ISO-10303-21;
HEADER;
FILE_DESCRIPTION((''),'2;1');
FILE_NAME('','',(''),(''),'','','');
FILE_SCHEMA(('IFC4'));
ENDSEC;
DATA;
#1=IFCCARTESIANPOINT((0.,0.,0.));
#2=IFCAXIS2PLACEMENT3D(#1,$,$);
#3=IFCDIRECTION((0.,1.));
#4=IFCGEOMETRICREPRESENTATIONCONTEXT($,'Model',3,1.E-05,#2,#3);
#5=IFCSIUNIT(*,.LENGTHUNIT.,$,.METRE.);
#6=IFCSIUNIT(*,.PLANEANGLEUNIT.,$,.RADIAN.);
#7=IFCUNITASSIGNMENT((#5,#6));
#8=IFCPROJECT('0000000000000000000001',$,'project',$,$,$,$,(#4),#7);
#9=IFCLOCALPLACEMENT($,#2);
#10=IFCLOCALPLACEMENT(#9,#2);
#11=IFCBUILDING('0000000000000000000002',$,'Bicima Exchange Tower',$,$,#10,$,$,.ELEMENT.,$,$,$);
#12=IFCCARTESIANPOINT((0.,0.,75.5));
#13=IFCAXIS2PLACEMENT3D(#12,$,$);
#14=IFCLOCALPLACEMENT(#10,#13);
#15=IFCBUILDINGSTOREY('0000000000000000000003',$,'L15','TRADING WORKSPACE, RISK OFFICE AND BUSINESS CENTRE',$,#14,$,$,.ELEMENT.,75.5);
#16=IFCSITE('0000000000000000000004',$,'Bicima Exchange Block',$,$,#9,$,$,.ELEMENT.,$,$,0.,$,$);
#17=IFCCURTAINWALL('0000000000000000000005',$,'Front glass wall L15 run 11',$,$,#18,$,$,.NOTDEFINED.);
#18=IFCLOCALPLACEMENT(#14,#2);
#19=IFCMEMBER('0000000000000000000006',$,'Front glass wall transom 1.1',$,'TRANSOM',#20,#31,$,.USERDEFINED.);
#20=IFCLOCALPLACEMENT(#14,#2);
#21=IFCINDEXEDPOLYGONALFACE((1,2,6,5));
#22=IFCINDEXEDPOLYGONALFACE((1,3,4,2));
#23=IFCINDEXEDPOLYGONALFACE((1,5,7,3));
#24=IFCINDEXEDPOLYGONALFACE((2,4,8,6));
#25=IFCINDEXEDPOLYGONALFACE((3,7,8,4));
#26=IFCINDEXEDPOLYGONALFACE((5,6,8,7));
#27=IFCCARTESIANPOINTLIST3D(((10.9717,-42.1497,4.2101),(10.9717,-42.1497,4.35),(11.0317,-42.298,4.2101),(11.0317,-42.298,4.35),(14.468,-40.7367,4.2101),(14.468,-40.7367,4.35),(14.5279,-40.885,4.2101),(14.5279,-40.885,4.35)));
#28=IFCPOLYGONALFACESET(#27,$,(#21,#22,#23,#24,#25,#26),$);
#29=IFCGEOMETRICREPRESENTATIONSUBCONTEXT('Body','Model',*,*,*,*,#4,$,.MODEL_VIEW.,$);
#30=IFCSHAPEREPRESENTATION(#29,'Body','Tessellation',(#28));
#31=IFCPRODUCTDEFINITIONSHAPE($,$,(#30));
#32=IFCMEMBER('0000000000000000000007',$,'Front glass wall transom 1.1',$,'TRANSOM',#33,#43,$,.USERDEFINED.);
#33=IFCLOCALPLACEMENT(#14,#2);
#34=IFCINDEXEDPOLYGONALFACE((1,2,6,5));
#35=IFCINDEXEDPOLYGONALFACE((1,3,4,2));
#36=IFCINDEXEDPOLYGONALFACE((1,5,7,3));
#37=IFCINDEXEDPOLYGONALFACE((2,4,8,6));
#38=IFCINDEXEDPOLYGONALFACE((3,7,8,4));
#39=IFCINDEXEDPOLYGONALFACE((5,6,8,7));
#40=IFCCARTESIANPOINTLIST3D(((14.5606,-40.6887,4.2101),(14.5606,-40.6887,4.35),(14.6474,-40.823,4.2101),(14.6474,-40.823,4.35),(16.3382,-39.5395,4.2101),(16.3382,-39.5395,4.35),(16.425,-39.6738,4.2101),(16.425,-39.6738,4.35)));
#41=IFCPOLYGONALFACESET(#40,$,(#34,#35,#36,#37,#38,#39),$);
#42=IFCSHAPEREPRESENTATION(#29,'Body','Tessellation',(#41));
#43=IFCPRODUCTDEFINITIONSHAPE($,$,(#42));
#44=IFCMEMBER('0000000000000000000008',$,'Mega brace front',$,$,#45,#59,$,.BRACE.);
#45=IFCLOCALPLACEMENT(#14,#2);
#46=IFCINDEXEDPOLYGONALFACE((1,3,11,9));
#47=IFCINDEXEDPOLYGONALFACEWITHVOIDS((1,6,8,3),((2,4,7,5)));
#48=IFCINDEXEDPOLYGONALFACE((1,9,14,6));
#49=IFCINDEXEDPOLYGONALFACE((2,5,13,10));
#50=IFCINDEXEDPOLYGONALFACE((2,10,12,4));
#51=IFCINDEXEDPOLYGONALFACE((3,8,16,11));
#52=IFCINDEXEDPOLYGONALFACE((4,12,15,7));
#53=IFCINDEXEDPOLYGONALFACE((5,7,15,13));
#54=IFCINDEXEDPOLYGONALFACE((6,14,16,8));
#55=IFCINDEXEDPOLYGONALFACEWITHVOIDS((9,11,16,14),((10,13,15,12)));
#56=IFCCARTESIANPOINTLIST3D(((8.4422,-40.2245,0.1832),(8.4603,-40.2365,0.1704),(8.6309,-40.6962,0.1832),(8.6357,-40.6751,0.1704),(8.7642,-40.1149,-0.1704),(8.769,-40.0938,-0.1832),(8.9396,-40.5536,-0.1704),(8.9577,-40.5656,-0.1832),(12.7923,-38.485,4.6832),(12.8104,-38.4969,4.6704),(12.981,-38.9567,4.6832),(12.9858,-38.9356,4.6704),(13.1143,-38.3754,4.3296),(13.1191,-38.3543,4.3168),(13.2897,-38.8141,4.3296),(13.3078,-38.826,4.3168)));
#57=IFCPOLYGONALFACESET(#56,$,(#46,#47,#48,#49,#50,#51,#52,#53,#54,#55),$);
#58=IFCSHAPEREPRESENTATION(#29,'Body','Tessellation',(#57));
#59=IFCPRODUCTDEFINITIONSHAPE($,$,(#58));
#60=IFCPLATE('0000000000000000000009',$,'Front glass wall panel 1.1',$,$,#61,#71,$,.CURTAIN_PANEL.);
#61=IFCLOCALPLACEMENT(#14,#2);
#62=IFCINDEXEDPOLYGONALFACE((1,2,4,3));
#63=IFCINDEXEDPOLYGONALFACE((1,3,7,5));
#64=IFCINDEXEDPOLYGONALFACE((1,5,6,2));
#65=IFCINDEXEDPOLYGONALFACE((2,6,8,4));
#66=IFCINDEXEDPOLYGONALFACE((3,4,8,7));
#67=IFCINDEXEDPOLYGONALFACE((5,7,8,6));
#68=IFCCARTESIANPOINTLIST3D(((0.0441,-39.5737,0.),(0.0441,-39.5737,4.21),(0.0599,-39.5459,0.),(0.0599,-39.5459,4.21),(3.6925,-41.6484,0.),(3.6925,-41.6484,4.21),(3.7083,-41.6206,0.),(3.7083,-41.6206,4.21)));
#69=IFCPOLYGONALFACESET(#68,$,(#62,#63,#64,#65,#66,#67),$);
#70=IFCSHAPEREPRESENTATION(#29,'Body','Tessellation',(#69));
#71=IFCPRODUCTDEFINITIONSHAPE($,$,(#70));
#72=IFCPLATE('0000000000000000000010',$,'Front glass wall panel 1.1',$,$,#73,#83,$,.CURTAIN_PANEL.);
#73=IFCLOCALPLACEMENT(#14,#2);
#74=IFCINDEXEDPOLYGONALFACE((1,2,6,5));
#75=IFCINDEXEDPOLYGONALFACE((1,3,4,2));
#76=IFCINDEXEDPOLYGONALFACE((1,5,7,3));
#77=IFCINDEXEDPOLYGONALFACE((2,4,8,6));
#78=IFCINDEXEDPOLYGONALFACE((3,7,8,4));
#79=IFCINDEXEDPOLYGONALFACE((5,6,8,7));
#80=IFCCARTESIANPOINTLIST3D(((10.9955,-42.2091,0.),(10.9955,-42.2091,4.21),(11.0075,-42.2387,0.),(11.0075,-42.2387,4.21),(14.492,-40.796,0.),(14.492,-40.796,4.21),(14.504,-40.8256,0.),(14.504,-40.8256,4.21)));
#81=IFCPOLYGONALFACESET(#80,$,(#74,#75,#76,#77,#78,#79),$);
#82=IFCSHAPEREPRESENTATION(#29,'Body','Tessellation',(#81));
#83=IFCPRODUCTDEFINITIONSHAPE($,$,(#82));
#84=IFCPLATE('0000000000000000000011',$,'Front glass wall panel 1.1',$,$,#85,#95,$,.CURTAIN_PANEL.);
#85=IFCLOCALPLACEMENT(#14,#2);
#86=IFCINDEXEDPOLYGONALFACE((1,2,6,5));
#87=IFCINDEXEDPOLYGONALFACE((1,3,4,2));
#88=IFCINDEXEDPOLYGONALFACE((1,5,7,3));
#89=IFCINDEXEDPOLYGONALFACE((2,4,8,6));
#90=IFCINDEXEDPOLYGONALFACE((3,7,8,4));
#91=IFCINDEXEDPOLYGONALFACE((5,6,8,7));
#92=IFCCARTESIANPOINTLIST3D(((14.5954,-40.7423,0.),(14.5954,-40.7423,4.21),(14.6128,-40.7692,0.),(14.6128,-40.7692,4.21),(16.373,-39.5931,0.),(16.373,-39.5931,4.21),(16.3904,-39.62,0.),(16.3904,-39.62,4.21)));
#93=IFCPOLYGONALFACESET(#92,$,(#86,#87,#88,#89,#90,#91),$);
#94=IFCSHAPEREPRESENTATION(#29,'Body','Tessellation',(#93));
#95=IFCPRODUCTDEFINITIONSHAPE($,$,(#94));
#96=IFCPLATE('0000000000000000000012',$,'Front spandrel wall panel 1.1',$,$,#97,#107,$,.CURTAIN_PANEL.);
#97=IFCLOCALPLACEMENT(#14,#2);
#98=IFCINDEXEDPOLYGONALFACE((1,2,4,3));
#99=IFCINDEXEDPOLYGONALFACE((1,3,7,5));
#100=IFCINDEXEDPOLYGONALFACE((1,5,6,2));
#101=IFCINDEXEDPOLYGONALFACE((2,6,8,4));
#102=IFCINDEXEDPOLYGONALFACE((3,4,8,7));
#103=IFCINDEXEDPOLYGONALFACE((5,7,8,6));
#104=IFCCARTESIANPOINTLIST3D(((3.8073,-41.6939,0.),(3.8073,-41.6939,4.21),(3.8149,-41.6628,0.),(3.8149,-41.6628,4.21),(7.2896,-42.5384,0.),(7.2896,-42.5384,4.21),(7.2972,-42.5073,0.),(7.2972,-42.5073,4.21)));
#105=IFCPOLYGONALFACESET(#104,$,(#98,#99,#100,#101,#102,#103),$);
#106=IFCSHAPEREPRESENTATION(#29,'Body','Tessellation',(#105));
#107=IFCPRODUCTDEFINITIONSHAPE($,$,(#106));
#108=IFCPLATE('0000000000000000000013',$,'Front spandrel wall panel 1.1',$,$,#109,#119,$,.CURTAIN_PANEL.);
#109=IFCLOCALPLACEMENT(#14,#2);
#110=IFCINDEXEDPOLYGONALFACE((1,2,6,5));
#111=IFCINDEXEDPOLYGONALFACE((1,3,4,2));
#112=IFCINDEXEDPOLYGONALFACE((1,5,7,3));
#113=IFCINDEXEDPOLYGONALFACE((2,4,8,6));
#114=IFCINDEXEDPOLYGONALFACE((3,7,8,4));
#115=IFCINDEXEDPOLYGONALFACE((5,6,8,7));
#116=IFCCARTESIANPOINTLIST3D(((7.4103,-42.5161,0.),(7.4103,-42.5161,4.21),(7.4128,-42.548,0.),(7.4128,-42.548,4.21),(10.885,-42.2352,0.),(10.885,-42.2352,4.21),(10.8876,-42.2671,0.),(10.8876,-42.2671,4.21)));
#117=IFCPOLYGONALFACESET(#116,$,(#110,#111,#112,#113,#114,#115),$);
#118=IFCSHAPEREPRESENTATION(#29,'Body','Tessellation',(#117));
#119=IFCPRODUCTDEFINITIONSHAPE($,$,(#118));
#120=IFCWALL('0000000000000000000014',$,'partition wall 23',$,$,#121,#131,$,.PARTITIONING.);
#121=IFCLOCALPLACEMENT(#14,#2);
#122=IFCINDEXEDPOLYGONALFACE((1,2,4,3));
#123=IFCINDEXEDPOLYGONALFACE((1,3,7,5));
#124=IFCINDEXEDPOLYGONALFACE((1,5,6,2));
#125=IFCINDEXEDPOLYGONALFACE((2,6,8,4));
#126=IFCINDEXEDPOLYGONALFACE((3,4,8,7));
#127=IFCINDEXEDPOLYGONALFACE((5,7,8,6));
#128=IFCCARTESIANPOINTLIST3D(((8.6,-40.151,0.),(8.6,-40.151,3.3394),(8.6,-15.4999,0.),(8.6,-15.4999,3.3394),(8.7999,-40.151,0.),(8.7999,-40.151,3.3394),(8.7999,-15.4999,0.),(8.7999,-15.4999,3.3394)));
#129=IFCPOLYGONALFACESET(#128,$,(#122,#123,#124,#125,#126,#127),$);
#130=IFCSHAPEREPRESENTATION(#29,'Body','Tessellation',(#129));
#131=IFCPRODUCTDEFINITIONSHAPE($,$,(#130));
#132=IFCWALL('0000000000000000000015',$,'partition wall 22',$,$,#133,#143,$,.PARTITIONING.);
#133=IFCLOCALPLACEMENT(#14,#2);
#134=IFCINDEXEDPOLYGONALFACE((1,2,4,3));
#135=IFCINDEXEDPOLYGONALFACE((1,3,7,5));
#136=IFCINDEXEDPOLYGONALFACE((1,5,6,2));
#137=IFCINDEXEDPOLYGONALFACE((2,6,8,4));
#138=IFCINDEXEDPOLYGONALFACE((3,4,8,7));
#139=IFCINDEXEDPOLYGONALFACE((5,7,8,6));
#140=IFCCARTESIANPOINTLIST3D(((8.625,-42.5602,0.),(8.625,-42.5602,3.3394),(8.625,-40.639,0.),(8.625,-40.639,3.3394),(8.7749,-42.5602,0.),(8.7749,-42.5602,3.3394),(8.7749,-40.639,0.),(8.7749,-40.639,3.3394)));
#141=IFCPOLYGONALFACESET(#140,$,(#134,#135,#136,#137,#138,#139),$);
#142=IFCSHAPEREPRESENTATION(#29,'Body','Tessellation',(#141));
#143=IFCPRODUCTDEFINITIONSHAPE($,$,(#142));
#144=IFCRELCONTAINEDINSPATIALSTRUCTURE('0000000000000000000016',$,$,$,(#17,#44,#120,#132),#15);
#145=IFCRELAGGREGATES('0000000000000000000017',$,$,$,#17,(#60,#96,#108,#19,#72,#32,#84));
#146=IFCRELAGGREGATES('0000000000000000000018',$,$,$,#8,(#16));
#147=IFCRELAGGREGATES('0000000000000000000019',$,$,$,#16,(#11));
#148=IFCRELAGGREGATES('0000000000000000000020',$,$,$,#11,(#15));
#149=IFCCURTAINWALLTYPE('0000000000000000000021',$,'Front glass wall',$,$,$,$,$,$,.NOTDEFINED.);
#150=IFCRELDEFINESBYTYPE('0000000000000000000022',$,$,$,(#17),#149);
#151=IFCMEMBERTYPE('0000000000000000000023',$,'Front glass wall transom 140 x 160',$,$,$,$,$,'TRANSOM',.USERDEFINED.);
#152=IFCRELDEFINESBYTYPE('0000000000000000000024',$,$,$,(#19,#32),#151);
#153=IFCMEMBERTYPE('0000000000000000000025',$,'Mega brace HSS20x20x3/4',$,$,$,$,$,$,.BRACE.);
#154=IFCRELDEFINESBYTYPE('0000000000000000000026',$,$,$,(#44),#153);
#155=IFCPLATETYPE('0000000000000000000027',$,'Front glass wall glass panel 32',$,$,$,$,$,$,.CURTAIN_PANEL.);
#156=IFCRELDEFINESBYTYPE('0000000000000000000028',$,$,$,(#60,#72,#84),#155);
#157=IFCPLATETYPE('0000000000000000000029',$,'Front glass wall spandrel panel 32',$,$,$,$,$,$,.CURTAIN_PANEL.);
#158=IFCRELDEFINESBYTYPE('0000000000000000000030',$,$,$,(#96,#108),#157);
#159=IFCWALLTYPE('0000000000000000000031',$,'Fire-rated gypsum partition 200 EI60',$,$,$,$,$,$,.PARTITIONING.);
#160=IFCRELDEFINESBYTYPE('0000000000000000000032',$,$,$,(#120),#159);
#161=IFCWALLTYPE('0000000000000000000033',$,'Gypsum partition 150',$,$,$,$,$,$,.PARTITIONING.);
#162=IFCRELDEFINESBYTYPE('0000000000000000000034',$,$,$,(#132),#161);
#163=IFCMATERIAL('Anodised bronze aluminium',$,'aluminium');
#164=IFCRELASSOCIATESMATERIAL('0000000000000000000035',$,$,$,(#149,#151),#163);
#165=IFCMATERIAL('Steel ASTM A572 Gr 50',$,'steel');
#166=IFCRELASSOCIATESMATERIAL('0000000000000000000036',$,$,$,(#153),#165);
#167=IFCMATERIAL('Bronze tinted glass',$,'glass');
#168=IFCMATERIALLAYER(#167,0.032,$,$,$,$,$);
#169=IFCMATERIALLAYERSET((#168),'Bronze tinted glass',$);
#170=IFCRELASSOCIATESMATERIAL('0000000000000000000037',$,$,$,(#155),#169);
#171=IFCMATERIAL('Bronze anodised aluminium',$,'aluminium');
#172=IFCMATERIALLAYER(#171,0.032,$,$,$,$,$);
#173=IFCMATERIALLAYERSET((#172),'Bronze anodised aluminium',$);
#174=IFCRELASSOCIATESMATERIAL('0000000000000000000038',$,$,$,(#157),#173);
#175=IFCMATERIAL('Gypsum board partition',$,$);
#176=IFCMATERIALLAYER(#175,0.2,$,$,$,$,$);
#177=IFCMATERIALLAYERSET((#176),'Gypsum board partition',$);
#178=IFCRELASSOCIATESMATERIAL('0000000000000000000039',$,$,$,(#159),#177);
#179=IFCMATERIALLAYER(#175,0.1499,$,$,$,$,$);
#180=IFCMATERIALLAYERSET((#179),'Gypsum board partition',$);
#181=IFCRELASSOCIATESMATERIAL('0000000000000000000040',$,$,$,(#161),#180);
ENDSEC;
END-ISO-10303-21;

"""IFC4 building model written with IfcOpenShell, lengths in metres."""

from ifc_helpers import new_model, si_unit, direction, frame, frame_2d, origin, origin_2d, place, context, subcontext, project, spatial, rectangle, hollow_rectangle, extrude, material, layer, layer_set, material_profile, profile_set, type_object, element, aggregate, save


model = new_model("IFC4")

# Units and contexts
model_context = context("Model", 3, precision=1e-05, world=origin(), true_north=direction((0.0, 1.0)))
body_context = subcontext(model_context, "Body", "Model", "MODEL_VIEW")
ifc_project = project(units=[si_unit("LENGTHUNIT", "METRE"), si_unit("PLANEANGLEUNIT", "RADIAN")], contexts=[model_context])

# Site, building, storey
site_placement = place(None, origin())
site = spatial("IfcSite", under=ifc_project, at=site_placement, Name="Bicima Exchange Block", CompositionType="ELEMENT", RefElevation=0.0)
building_placement = place(site_placement, origin())
building = spatial("IfcBuilding", under=site, at=building_placement, Name="Bicima Exchange Tower", CompositionType="ELEMENT")
storey_placement = place(building_placement, frame((0.0, 0.0, 75.5)))
storey = spatial("IfcBuildingStorey", under=building, at=storey_placement, Name="L15", Description="TRADING WORKSPACE, RISK OFFICE AND BUSINESS CENTRE", CompositionType="ELEMENT", Elevation=75.5)

# Curtain wall, members
ifc_material_1 = material(Name="Anodised bronze aluminium", Category="aluminium")
curtain_wall_type = type_object("IfcCurtainWallType", Name="Front glass wall", PredefinedType="NOTDEFINED", material=ifc_material_1)
curtain_wall_placement = place(storey_placement, origin())
curtain_wall = element("IfcCurtainWall", 1, at=curtain_wall_placement, inside=storey, type_object=curtain_wall_type, Name="Front glass wall L15 run 11", PredefinedType="NOTDEFINED")
ifc_material_profile_1 = material_profile(ifc_material_1, rectangle(XDim=0.1599, YDim=0.1399, at=origin_2d()))
ifc_profile_set_1 = profile_set([ifc_material_profile_1], Name="Anodised bronze aluminium")
member_type_1 = type_object("IfcMemberType", Name="Front glass wall transom 140 x 160", ElementType="TRANSOM", PredefinedType="USERDEFINED", material=ifc_profile_set_1)
member_1_placement = place(storey_placement, frame((11.0017, -42.2239, 4.28), z_axis=(0.92714, 0.374715, 0.0), x_axis=(-0.374715, 0.92714, 0.0)))
member_1 = element("IfcMember", 2, at=member_1_placement, type_object=member_type_1, Name="Front glass wall transom 1.1", ObjectType="TRANSOM", PredefinedType="USERDEFINED", context=body_context, shape_type="SweptSolid", body=[
    extrude(rectangle(XDim=0.1599, YDim=0.1399, at=origin_2d()), origin(), (0.0, 0.0, 1.0), 3.771),
])
member_2_placement = place(storey_placement, frame((14.604, -40.7559, 4.28), z_axis=(0.839793, 0.542907, 0.0), x_axis=(-0.542907, 0.839793, 0.0)))
member_2 = element("IfcMember", 3, at=member_2_placement, type_object=member_type_1, Name="Front glass wall transom 1.1", ObjectType="TRANSOM", PredefinedType="USERDEFINED", context=body_context, shape_type="SweptSolid", body=[
    extrude(rectangle(XDim=0.1599, YDim=0.1399, at=origin_2d()), origin(), (0.0, 0.0, 1.0), 2.1167),
])

# Member
ifc_material_2 = material(Name="Steel ASTM A572 Gr 50", Category="steel")
ifc_material_profile_2 = material_profile(ifc_material_2, hollow_rectangle(XDim=0.5081, YDim=0.5081, WallThickness=0.0178, at=origin_2d()))
ifc_profile_set_2 = profile_set([ifc_material_profile_2], Name="Steel ASTM A572 Gr 50")
member_type_2 = type_object("IfcMemberType", Name="Mega brace HSS20x20x3/4", PredefinedType="BRACE", material=ifc_profile_set_2)
member_3_placement = place(storey_placement, frame((8.7, -40.395, 0.0), z_axis=(0.669648, 0.267777, 0.692724), x_axis=(-0.371292, 0.928516, 0.0)))
element("IfcMember", 4, at=member_3_placement, inside=storey, type_object=member_type_2, Name="Mega brace front", PredefinedType="BRACE", context=body_context, shape_type="SweptSolid", body=[
    extrude(hollow_rectangle(XDim=0.5081, YDim=0.5081, WallThickness=0.0178, at=origin_2d()), origin(), (0.0, 0.0, 1.0), 6.4961),
])

# Plates
ifc_material_3 = material(Name="Bronze tinted glass", Category="glass")
ifc_layer_1 = layer(ifc_material_3, 0.032)
ifc_layer_set_1 = layer_set([ifc_layer_1], Name="Bronze tinted glass")
plate_type_1 = type_object("IfcPlateType", Name="Front glass wall glass panel 32", PredefinedType="CURTAIN_PANEL", material=ifc_layer_set_1)
plate_1_placement = place(storey_placement, frame((1.8762, -40.5972, 0.0), z_axis=(0.0, 0.0, 1.0), x_axis=(0.869274, -0.49433, 0.0)))
plate_1 = element("IfcPlate", 5, at=plate_1_placement, type_object=plate_type_1, Name="Front glass wall panel 1.1", PredefinedType="CURTAIN_PANEL", context=body_context, shape_type="SweptSolid", body=[
    extrude(rectangle(XDim=4.197, YDim=0.032, at=origin_2d()), origin(), (0.0, 0.0, 1.0), 4.21),
])
plate_2_placement = place(storey_placement, frame((12.7498, -41.5173, 0.0), z_axis=(0.0, 0.0, 1.0), x_axis=(0.927144, 0.374705, 0.0)))
plate_2 = element("IfcPlate", 6, at=plate_2_placement, type_object=plate_type_1, Name="Front glass wall panel 1.1", PredefinedType="CURTAIN_PANEL", context=body_context, shape_type="SweptSolid", body=[
    extrude(rectangle(XDim=3.7712, YDim=0.032, at=origin_2d()), origin(), (0.0, 0.0, 1.0), 4.21),
])
plate_3_placement = place(storey_placement, frame((15.4929, -40.1812, 0.0), z_axis=(0.0, 0.0, 1.0), x_axis=(0.839791, 0.542909, 0.0)))
plate_3 = element("IfcPlate", 7, at=plate_3_placement, type_object=plate_type_1, Name="Front glass wall panel 1.1", PredefinedType="CURTAIN_PANEL", context=body_context, shape_type="SweptSolid", body=[
    extrude(rectangle(XDim=2.1167, YDim=0.032, at=origin_2d()), origin(), (0.0, 0.0, 1.0), 4.21),
])
ifc_material_4 = material(Name="Bronze anodised aluminium", Category="aluminium")
ifc_layer_2 = layer(ifc_material_4, 0.032)
ifc_layer_set_2 = layer_set([ifc_layer_2], Name="Bronze anodised aluminium")
plate_type_2 = type_object("IfcPlateType", Name="Front glass wall spandrel panel 32", PredefinedType="CURTAIN_PANEL", material=ifc_layer_set_2)
plate_4_placement = place(storey_placement, frame((5.5522, -42.1006, 0.0), z_axis=(0.0, 0.0, 1.0), x_axis=(0.97183, -0.235682, 0.0)))
plate_4 = element("IfcPlate", 8, at=plate_4_placement, type_object=plate_type_2, Name="Front spandrel wall panel 1.1", PredefinedType="CURTAIN_PANEL", context=body_context, shape_type="SweptSolid", body=[
    extrude(rectangle(XDim=3.5833, YDim=0.032, at=origin_2d()), origin(), (0.0, 0.0, 1.0), 4.21),
])
plate_5_placement = place(storey_placement, frame((9.1489, -42.3916, 0.0), z_axis=(0.0, 0.0, 1.0), x_axis=(0.996747, 0.080589, 0.0)))
plate_5 = element("IfcPlate", 9, at=plate_5_placement, type_object=plate_type_2, Name="Front spandrel wall panel 1.1", PredefinedType="CURTAIN_PANEL", context=body_context, shape_type="SweptSolid", body=[
    extrude(rectangle(XDim=3.4861, YDim=0.032, at=origin_2d()), origin(), (0.0, 0.0, 1.0), 4.21),
])
aggregate(curtain_wall, [plate_1, plate_4, plate_5, member_1, plate_2, member_2, plate_3])

# Walls
ifc_material_5 = material(Name="Gypsum board partition")
ifc_layer_3 = layer(ifc_material_5, 0.2)
ifc_layer_set_3 = layer_set([ifc_layer_3], Name="Gypsum board partition")
wall_type_1 = type_object("IfcWallType", Name="Fire-rated gypsum partition 200 EI60", PredefinedType="PARTITIONING", material=ifc_layer_set_3)
wall_1_placement = place(storey_placement, frame((8.7, -40.1511, 0.0), z_axis=(0.0, 0.0, 1.0), x_axis=(0.0, 1.0, 0.0)))
element("IfcWall", 10, at=wall_1_placement, inside=storey, type_object=wall_type_1, Name="partition wall 23", PredefinedType="PARTITIONING", context=body_context, shape_type="SweptSolid", body=[
    extrude(rectangle(XDim=24.6511, YDim=0.2, at=frame_2d((12.3257, 0.0))), origin(), (0.0, 0.0, 1.0), 3.3394),
])
ifc_layer_4 = layer(ifc_material_5, 0.1499)
ifc_layer_set_4 = layer_set([ifc_layer_4], Name="Gypsum board partition")
wall_type_2 = type_object("IfcWallType", Name="Gypsum partition 150", PredefinedType="PARTITIONING", material=ifc_layer_set_4)
wall_2_placement = place(storey_placement, frame((8.7, -42.5601, 0.0), z_axis=(0.0, 0.0, 1.0), x_axis=(0.0, 1.0, 0.0)))
element("IfcWall", 11, at=wall_2_placement, inside=storey, type_object=wall_type_2, Name="partition wall 22", PredefinedType="PARTITIONING", context=body_context, shape_type="SweptSolid", body=[
    extrude(rectangle(XDim=1.9211, YDim=0.1499, at=frame_2d((0.9604, 0.0))), origin(), (0.0, 0.0, 1.0), 3.3394),
])

save(model, "model.ifc")
